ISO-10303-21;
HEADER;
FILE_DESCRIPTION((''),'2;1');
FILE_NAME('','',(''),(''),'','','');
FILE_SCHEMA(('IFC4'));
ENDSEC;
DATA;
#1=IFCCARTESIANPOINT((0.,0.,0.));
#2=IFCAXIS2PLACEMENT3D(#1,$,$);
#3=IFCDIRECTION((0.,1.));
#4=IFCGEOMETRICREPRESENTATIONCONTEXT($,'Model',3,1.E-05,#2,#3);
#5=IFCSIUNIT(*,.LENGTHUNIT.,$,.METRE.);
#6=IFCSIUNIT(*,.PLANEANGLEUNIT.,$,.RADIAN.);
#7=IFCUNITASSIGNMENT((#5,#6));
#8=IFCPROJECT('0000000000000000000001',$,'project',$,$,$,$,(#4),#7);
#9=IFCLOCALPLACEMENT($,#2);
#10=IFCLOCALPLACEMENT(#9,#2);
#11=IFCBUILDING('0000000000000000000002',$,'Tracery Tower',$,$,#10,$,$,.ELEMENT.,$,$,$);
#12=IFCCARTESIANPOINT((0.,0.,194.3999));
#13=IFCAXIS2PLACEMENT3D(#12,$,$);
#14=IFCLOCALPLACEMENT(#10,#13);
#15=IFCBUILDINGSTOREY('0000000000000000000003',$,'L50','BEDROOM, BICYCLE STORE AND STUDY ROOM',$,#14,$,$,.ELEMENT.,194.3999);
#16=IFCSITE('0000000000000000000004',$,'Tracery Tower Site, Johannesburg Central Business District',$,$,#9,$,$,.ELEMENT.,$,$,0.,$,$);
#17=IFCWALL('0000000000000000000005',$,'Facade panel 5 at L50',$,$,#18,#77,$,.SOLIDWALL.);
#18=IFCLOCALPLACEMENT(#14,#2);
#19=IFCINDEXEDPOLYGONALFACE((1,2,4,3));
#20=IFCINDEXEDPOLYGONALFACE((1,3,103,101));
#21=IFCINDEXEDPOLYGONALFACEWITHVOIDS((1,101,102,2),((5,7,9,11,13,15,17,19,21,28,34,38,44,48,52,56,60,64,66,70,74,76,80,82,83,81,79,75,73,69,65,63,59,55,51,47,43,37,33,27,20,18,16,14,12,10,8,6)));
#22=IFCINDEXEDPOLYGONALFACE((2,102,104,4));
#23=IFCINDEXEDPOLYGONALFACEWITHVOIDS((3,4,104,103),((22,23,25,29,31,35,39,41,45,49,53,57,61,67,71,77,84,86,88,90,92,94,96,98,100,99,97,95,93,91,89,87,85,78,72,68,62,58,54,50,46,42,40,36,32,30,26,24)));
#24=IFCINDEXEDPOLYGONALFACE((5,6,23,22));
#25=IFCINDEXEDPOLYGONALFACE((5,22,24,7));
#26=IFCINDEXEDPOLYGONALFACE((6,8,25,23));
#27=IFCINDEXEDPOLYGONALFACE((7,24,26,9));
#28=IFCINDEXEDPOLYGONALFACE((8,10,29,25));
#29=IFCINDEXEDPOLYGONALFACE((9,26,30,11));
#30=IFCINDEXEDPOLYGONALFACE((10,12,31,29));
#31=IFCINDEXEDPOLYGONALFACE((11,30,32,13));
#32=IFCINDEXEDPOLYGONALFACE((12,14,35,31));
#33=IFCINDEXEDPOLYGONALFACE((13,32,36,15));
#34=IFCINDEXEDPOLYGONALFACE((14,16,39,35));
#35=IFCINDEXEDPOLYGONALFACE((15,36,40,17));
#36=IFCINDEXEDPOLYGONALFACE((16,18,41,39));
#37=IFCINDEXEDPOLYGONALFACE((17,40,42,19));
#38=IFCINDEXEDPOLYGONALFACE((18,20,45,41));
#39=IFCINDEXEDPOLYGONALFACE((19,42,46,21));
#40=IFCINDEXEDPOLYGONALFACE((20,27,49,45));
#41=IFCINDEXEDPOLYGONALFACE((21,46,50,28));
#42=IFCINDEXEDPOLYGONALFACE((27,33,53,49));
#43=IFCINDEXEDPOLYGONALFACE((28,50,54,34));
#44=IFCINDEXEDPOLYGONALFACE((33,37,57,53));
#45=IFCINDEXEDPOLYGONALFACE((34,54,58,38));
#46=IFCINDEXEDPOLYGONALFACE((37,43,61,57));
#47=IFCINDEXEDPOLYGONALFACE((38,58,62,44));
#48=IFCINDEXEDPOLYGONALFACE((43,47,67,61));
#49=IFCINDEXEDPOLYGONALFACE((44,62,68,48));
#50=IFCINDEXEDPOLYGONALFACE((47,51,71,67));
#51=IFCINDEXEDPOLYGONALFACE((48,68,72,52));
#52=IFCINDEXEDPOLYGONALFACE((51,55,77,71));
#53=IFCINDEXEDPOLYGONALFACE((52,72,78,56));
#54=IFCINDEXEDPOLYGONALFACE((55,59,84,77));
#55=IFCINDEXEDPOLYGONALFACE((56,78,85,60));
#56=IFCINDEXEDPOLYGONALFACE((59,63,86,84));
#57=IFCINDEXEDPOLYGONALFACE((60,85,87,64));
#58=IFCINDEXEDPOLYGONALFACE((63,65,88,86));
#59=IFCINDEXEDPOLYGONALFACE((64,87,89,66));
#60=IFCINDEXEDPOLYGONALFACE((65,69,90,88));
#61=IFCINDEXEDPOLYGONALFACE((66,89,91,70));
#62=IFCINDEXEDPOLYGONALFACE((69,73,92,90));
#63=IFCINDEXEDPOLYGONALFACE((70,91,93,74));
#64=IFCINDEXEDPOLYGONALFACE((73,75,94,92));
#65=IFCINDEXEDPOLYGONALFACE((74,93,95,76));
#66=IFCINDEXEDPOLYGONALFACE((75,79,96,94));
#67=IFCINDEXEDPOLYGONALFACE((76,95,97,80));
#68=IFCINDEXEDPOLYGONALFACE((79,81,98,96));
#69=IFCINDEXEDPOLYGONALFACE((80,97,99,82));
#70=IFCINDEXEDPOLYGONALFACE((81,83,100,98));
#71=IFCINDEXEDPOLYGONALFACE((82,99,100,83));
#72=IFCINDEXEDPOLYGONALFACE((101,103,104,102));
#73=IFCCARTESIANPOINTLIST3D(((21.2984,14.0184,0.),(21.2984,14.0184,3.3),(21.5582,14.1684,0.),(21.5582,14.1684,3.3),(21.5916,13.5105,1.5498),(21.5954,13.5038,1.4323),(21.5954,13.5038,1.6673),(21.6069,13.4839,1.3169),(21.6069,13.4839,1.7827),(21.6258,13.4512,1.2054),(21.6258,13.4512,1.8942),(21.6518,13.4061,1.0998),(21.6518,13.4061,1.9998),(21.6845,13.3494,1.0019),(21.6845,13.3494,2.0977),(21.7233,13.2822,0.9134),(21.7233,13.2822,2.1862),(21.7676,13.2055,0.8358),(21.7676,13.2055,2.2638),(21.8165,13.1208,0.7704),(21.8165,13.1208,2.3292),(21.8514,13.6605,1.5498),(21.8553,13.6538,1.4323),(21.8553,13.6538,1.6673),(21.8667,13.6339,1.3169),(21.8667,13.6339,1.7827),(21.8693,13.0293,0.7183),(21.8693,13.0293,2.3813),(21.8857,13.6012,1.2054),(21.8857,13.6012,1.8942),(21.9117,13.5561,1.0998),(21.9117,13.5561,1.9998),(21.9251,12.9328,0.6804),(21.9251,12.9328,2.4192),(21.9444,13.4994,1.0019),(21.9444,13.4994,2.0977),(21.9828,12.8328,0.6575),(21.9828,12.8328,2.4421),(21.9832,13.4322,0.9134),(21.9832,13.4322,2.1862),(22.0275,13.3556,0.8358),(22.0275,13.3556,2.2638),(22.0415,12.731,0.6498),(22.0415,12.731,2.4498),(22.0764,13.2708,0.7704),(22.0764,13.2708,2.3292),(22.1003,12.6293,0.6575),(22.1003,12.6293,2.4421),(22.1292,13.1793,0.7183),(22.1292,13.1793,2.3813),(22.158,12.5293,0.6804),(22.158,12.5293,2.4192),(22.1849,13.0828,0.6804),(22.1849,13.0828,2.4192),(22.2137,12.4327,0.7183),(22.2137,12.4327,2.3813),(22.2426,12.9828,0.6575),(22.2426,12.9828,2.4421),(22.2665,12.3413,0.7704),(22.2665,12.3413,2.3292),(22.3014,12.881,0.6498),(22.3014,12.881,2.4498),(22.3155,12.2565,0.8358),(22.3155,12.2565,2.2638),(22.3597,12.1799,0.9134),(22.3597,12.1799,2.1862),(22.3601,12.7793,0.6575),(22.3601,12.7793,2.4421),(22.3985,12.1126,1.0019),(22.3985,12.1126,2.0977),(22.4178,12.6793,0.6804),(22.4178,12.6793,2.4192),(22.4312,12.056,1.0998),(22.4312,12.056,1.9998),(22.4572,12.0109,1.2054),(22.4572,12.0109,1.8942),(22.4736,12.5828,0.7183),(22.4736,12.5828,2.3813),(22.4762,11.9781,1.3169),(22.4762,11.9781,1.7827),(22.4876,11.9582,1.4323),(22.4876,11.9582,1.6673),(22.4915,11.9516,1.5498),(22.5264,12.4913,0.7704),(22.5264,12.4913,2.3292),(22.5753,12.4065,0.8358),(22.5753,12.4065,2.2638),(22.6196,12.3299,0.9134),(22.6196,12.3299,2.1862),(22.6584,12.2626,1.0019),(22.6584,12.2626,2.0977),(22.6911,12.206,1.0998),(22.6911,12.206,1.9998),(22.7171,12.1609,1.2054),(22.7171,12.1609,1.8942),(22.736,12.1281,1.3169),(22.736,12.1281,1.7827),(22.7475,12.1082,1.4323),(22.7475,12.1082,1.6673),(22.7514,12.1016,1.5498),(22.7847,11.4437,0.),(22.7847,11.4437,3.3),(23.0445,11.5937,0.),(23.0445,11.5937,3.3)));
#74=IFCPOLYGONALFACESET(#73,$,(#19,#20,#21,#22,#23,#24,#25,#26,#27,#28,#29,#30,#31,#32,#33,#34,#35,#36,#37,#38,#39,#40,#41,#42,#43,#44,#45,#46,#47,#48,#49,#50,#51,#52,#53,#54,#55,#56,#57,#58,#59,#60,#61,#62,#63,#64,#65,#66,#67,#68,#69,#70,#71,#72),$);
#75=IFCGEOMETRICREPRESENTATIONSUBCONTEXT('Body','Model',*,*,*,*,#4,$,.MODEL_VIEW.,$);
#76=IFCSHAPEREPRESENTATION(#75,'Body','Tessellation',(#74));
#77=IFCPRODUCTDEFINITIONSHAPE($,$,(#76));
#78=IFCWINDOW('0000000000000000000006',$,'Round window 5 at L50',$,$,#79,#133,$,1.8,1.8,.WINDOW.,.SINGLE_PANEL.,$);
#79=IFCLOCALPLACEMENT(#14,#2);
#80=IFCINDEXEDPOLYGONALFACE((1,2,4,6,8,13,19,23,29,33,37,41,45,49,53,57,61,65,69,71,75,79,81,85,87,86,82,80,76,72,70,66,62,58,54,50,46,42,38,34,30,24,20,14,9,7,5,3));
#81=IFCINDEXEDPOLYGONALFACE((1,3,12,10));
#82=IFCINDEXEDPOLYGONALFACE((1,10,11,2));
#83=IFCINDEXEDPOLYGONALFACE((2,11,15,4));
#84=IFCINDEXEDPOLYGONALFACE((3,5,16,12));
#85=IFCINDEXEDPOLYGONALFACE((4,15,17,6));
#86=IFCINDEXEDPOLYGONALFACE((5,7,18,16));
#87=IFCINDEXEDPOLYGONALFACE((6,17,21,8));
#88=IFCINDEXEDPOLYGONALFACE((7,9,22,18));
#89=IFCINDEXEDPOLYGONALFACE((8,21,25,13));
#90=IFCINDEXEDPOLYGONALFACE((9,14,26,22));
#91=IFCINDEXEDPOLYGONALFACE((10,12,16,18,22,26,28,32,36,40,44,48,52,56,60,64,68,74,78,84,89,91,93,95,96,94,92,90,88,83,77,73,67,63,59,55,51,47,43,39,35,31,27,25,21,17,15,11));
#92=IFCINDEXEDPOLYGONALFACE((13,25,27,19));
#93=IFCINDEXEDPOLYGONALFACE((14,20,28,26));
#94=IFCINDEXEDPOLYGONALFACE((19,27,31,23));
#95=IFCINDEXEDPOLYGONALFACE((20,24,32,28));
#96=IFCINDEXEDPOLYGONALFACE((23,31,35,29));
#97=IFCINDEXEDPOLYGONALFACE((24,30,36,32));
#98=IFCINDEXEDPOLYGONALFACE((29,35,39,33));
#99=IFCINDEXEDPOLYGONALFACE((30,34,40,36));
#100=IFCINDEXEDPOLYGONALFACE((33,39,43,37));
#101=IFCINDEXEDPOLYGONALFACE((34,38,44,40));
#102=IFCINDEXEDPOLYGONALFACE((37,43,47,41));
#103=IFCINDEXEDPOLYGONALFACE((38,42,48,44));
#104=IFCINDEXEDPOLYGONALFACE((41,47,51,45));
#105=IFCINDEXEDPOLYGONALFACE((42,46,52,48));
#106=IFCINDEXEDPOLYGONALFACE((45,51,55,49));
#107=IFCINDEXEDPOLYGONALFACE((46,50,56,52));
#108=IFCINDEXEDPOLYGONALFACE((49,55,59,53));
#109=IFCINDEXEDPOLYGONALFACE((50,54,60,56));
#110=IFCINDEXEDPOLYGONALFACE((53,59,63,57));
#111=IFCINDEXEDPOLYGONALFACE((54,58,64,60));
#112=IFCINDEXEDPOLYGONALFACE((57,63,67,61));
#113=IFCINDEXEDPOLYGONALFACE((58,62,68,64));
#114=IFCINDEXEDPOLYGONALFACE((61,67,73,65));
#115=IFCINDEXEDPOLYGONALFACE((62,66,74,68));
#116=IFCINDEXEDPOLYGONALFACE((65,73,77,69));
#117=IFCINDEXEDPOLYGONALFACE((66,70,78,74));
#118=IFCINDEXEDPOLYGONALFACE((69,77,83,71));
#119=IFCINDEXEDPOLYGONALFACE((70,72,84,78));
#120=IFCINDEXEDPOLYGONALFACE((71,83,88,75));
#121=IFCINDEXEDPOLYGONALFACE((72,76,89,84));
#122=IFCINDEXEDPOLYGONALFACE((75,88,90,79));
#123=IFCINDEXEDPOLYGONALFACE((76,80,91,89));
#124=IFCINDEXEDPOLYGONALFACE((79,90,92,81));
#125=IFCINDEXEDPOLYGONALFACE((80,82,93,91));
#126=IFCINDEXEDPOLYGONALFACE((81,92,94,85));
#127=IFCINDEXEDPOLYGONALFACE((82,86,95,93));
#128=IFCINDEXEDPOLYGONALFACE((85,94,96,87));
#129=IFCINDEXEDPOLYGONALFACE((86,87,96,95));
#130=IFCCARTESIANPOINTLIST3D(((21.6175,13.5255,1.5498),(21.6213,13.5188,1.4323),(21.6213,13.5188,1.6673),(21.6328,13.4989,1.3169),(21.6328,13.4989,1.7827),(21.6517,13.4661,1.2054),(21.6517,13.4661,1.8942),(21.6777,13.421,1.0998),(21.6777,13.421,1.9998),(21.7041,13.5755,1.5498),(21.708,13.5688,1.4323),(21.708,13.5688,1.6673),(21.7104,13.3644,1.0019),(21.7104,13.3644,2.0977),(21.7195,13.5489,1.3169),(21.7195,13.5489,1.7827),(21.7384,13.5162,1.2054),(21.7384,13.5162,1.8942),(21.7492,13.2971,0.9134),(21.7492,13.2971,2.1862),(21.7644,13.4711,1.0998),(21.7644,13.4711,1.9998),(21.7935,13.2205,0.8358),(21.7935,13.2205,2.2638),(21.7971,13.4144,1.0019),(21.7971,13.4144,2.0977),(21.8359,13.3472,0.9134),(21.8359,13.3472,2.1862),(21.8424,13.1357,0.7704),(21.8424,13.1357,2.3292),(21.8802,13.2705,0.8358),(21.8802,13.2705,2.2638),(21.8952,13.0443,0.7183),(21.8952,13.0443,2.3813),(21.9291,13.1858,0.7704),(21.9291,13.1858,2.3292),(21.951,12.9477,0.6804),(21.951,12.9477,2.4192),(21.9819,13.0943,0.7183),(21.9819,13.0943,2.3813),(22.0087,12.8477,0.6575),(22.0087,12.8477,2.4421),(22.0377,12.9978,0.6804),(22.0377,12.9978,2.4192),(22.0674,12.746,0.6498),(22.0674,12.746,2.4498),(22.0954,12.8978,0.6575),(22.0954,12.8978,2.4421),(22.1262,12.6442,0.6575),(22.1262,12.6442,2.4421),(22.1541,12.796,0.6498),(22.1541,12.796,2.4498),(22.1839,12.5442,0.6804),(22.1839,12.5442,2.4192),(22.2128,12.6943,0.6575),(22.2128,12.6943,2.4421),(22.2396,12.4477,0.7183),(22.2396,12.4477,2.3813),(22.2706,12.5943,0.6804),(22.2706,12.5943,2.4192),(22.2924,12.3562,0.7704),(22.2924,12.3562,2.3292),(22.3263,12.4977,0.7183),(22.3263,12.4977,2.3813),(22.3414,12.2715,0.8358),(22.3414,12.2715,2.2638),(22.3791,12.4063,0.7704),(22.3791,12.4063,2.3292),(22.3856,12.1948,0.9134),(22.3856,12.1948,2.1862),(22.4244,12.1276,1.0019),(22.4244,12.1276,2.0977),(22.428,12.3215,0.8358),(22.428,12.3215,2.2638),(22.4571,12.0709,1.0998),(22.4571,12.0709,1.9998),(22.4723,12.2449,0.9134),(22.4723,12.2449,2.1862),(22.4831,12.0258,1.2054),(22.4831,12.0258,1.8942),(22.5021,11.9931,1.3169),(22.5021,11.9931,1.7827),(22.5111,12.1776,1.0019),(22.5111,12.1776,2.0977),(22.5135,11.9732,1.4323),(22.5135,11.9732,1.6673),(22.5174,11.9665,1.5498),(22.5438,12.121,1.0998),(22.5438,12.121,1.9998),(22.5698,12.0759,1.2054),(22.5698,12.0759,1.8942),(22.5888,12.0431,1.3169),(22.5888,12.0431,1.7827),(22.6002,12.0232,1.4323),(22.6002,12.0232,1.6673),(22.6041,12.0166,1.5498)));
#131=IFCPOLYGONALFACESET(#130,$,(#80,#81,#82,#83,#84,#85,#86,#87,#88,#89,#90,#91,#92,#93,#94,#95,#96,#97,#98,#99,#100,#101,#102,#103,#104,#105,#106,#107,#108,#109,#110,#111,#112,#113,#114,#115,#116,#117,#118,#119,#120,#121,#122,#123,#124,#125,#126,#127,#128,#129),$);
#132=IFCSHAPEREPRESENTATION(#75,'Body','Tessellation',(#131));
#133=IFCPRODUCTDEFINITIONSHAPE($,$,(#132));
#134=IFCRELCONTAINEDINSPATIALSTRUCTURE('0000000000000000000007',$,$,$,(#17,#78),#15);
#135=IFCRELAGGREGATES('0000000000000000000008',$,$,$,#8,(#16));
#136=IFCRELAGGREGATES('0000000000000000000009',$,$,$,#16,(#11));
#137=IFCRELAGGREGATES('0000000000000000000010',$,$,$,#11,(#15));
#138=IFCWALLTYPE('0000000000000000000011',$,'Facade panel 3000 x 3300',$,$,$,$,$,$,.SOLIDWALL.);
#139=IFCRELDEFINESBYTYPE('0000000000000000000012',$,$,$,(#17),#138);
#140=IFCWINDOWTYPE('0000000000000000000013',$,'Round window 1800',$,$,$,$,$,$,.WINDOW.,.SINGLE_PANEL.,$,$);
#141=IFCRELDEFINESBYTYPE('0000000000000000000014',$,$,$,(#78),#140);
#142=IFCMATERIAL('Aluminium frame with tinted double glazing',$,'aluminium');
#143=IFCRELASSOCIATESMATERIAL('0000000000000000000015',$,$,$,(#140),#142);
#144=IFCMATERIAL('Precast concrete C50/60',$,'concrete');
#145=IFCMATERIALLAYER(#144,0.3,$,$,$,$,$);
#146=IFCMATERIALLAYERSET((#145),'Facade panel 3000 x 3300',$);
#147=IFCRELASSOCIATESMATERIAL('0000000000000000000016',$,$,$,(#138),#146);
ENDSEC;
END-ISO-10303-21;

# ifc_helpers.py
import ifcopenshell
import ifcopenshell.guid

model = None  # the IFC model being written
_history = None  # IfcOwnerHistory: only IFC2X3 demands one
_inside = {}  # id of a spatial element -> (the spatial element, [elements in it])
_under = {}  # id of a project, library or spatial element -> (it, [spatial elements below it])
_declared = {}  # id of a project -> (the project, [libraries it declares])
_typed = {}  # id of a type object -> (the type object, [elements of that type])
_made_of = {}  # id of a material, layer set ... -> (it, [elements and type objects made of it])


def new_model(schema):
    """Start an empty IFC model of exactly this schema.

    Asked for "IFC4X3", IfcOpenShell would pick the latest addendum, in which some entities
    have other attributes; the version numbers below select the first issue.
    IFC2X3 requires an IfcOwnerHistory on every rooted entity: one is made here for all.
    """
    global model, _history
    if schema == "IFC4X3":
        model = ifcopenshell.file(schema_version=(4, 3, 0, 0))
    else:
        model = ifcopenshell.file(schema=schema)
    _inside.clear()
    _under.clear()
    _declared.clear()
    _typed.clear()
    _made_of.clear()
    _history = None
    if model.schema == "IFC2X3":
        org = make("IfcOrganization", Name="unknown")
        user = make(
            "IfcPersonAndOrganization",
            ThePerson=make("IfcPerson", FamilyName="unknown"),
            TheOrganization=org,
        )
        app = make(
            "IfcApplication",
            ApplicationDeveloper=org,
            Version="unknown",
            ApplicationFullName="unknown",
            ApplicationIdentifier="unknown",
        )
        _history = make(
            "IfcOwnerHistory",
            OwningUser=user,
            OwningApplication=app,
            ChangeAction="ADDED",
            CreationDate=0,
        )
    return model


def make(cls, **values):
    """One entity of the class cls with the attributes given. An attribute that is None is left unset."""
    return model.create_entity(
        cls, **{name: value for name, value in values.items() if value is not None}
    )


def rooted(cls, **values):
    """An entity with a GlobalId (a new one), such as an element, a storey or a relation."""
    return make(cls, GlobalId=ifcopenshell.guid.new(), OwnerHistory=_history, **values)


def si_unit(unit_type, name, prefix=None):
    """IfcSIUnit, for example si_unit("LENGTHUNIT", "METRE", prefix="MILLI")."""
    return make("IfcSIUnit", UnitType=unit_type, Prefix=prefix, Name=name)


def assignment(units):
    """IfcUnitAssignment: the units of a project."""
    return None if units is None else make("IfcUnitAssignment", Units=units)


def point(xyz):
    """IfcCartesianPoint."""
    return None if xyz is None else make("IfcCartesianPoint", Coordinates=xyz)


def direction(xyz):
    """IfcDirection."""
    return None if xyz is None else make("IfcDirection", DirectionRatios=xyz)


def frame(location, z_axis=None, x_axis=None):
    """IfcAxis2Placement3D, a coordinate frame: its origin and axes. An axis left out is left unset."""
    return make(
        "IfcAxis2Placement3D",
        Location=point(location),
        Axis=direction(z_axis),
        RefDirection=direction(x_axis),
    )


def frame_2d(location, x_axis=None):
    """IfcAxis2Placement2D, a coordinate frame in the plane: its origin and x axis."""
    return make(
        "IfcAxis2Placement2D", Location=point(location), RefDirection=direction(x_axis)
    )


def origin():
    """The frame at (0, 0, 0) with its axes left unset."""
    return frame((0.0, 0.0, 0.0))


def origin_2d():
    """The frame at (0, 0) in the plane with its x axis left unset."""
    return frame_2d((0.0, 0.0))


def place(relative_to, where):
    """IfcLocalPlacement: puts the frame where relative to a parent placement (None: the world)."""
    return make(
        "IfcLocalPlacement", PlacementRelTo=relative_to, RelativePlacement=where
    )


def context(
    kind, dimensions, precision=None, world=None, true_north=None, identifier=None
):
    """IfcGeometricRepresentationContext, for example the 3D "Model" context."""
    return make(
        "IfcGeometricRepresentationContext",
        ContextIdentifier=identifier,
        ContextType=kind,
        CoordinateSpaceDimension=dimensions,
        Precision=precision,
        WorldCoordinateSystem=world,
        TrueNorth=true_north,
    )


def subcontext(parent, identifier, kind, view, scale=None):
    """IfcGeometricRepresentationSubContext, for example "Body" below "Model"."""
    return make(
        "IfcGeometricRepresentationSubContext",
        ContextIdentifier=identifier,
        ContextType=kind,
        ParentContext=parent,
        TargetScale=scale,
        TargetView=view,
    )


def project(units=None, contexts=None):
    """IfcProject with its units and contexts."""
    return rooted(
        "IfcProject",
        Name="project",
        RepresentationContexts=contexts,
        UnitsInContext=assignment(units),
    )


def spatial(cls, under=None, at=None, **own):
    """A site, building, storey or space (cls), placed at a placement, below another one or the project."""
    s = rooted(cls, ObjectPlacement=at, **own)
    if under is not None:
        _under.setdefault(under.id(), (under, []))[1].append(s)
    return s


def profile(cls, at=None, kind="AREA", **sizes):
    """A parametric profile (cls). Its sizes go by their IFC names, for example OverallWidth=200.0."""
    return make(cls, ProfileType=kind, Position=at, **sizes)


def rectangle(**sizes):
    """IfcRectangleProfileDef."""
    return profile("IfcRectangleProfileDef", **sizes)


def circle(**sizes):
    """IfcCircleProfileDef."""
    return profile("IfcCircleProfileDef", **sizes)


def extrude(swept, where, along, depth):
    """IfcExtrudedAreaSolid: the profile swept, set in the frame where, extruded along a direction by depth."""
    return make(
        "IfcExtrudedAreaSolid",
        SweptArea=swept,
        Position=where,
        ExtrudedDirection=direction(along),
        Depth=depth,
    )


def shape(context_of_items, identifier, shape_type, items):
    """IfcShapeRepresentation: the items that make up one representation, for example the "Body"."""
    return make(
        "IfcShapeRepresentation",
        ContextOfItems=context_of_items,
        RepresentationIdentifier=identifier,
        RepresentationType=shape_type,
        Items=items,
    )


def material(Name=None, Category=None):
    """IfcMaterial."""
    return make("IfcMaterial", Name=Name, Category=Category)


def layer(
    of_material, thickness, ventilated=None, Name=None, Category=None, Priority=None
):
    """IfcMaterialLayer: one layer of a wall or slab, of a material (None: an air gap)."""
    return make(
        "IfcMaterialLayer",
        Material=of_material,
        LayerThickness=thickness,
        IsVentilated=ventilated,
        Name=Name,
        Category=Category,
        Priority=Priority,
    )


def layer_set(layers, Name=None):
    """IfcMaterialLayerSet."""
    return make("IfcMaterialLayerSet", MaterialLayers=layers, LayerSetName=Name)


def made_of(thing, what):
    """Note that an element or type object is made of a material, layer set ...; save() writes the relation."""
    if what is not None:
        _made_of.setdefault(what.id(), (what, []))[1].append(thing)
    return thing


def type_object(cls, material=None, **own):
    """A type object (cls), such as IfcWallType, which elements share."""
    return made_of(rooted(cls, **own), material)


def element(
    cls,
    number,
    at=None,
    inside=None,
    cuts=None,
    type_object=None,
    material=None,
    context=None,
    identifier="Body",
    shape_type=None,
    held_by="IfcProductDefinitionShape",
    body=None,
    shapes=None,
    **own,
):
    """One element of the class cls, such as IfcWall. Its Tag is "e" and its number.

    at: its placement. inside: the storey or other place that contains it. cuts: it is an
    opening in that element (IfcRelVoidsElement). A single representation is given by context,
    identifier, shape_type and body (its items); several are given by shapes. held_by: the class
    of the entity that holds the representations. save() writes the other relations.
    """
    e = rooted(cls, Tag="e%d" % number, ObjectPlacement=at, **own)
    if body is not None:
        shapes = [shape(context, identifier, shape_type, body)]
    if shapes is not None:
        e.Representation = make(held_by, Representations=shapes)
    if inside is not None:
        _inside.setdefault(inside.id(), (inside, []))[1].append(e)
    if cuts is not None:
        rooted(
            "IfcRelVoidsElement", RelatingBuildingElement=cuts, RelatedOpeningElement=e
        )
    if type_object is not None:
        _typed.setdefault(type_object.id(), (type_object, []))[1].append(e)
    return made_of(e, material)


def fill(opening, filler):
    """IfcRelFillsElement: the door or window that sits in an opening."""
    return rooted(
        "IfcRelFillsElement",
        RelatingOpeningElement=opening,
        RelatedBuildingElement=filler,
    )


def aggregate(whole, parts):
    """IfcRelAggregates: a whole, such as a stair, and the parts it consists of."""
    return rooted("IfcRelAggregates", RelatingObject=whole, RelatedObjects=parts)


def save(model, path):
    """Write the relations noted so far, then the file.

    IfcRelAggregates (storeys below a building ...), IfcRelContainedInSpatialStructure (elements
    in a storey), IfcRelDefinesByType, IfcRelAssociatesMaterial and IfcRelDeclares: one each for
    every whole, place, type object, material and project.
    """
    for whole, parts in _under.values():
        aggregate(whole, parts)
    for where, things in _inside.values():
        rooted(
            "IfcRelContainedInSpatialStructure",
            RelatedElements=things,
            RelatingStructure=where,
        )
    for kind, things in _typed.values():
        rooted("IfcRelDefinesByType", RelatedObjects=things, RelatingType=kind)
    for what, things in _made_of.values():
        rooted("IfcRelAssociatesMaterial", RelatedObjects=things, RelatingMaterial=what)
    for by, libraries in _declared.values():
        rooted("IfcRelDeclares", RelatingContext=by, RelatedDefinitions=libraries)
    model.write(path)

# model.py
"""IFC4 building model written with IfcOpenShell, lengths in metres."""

from ifc_helpers import new_model, si_unit, direction, frame, frame_2d, origin, origin_2d, place, context, subcontext, project, spatial, rectangle, circle, extrude, material, layer, layer_set, type_object, element, fill, save


model = new_model("IFC4")

# Units and contexts
model_context = context("Model", 3, precision=1e-05, world=origin(), true_north=direction((0.0, 1.0)))
body_context = subcontext(model_context, "Body", "Model", "MODEL_VIEW")
ifc_project = project(units=[si_unit("LENGTHUNIT", "METRE"), si_unit("PLANEANGLEUNIT", "RADIAN")], contexts=[model_context])

# Site, building, storey
site_placement = place(None, origin())
site = spatial("IfcSite", under=ifc_project, at=site_placement, Name="Tracery Tower Site, Johannesburg Central Business District", CompositionType="ELEMENT", RefElevation=0.0)
building_placement = place(site_placement, origin())
building = spatial("IfcBuilding", under=site, at=building_placement, Name="Tracery Tower", CompositionType="ELEMENT")
storey_placement = place(building_placement, frame((0.0, 0.0, 194.3999)))
storey = spatial("IfcBuildingStorey", under=building, at=storey_placement, Name="L50", Description="BEDROOM, BICYCLE STORE AND STUDY ROOM", CompositionType="ELEMENT", Elevation=194.3999)

# Wall, opening, window
ifc_material_1 = material(Name="Aluminium frame with tinted double glazing", Category="aluminium")
window_type = type_object("IfcWindowType", Name="Round window 1800", PartitioningType="SINGLE_PANEL", PredefinedType="WINDOW", material=ifc_material_1)
ifc_material_2 = material(Name="Precast concrete C50/60", Category="concrete")
ifc_layer_1 = layer(ifc_material_2, 0.3)
ifc_layer_set_1 = layer_set([ifc_layer_1], Name="Facade panel 3000 x 3300")
wall_type_1 = type_object("IfcWallType", Name="Facade panel 3000 x 3300", PredefinedType="SOLIDWALL", material=ifc_layer_set_1)
wall_1_placement = place(storey_placement, frame((22.9146, 11.5188, 0.0), z_axis=(0.0, 0.0, 1.0), x_axis=(-0.499955, 0.866052, 0.0)))
wall_1 = element("IfcWall", 1, at=wall_1_placement, inside=storey, type_object=wall_type_1, Name="Facade panel 5 at L50", PredefinedType="SOLIDWALL", context=body_context, shape_type="SweptSolid", body=[
    extrude(rectangle(XDim=2.9729, YDim=0.3, at=frame_2d((1.4863, 0.0))), origin(), (0.0, 0.0, 1.0), 3.3),
])
opening_1_placement = place(wall_1_placement, frame((1.4863, 0.0, 1.5498)))
opening_1 = element("IfcOpeningElement", 2, at=opening_1_placement, cuts=wall_1, PredefinedType="OPENING", context=body_context, shape_type="SweptSolid", body=[
    extrude(circle(Radius=0.9, at=origin_2d()), frame((0.0, 0.1599, 0.0), z_axis=(0.0, -1.0, 0.0), x_axis=(1.0, 0.0, 0.0)), (0.0, 0.0, 1.0), 0.3201),
])
window_1_placement = place(opening_1_placement, origin())
window_1 = element("IfcWindow", 3, at=window_1_placement, inside=storey, type_object=window_type, Name="Round window 5 at L50", OverallHeight=1.8, OverallWidth=1.8, PartitioningType="SINGLE_PANEL", PredefinedType="WINDOW", context=body_context, shape_type="SweptSolid", body=[
    extrude(circle(Radius=0.9, at=origin_2d()), frame((0.0, 0.1201, 0.0), z_axis=(0.0, -1.0, 0.0), x_axis=(1.0, 0.0, 0.0)), (0.0, 0.0, 1.0), 0.1001),
])
fill(opening_1, window_1)

save(model, "model.ifc")
